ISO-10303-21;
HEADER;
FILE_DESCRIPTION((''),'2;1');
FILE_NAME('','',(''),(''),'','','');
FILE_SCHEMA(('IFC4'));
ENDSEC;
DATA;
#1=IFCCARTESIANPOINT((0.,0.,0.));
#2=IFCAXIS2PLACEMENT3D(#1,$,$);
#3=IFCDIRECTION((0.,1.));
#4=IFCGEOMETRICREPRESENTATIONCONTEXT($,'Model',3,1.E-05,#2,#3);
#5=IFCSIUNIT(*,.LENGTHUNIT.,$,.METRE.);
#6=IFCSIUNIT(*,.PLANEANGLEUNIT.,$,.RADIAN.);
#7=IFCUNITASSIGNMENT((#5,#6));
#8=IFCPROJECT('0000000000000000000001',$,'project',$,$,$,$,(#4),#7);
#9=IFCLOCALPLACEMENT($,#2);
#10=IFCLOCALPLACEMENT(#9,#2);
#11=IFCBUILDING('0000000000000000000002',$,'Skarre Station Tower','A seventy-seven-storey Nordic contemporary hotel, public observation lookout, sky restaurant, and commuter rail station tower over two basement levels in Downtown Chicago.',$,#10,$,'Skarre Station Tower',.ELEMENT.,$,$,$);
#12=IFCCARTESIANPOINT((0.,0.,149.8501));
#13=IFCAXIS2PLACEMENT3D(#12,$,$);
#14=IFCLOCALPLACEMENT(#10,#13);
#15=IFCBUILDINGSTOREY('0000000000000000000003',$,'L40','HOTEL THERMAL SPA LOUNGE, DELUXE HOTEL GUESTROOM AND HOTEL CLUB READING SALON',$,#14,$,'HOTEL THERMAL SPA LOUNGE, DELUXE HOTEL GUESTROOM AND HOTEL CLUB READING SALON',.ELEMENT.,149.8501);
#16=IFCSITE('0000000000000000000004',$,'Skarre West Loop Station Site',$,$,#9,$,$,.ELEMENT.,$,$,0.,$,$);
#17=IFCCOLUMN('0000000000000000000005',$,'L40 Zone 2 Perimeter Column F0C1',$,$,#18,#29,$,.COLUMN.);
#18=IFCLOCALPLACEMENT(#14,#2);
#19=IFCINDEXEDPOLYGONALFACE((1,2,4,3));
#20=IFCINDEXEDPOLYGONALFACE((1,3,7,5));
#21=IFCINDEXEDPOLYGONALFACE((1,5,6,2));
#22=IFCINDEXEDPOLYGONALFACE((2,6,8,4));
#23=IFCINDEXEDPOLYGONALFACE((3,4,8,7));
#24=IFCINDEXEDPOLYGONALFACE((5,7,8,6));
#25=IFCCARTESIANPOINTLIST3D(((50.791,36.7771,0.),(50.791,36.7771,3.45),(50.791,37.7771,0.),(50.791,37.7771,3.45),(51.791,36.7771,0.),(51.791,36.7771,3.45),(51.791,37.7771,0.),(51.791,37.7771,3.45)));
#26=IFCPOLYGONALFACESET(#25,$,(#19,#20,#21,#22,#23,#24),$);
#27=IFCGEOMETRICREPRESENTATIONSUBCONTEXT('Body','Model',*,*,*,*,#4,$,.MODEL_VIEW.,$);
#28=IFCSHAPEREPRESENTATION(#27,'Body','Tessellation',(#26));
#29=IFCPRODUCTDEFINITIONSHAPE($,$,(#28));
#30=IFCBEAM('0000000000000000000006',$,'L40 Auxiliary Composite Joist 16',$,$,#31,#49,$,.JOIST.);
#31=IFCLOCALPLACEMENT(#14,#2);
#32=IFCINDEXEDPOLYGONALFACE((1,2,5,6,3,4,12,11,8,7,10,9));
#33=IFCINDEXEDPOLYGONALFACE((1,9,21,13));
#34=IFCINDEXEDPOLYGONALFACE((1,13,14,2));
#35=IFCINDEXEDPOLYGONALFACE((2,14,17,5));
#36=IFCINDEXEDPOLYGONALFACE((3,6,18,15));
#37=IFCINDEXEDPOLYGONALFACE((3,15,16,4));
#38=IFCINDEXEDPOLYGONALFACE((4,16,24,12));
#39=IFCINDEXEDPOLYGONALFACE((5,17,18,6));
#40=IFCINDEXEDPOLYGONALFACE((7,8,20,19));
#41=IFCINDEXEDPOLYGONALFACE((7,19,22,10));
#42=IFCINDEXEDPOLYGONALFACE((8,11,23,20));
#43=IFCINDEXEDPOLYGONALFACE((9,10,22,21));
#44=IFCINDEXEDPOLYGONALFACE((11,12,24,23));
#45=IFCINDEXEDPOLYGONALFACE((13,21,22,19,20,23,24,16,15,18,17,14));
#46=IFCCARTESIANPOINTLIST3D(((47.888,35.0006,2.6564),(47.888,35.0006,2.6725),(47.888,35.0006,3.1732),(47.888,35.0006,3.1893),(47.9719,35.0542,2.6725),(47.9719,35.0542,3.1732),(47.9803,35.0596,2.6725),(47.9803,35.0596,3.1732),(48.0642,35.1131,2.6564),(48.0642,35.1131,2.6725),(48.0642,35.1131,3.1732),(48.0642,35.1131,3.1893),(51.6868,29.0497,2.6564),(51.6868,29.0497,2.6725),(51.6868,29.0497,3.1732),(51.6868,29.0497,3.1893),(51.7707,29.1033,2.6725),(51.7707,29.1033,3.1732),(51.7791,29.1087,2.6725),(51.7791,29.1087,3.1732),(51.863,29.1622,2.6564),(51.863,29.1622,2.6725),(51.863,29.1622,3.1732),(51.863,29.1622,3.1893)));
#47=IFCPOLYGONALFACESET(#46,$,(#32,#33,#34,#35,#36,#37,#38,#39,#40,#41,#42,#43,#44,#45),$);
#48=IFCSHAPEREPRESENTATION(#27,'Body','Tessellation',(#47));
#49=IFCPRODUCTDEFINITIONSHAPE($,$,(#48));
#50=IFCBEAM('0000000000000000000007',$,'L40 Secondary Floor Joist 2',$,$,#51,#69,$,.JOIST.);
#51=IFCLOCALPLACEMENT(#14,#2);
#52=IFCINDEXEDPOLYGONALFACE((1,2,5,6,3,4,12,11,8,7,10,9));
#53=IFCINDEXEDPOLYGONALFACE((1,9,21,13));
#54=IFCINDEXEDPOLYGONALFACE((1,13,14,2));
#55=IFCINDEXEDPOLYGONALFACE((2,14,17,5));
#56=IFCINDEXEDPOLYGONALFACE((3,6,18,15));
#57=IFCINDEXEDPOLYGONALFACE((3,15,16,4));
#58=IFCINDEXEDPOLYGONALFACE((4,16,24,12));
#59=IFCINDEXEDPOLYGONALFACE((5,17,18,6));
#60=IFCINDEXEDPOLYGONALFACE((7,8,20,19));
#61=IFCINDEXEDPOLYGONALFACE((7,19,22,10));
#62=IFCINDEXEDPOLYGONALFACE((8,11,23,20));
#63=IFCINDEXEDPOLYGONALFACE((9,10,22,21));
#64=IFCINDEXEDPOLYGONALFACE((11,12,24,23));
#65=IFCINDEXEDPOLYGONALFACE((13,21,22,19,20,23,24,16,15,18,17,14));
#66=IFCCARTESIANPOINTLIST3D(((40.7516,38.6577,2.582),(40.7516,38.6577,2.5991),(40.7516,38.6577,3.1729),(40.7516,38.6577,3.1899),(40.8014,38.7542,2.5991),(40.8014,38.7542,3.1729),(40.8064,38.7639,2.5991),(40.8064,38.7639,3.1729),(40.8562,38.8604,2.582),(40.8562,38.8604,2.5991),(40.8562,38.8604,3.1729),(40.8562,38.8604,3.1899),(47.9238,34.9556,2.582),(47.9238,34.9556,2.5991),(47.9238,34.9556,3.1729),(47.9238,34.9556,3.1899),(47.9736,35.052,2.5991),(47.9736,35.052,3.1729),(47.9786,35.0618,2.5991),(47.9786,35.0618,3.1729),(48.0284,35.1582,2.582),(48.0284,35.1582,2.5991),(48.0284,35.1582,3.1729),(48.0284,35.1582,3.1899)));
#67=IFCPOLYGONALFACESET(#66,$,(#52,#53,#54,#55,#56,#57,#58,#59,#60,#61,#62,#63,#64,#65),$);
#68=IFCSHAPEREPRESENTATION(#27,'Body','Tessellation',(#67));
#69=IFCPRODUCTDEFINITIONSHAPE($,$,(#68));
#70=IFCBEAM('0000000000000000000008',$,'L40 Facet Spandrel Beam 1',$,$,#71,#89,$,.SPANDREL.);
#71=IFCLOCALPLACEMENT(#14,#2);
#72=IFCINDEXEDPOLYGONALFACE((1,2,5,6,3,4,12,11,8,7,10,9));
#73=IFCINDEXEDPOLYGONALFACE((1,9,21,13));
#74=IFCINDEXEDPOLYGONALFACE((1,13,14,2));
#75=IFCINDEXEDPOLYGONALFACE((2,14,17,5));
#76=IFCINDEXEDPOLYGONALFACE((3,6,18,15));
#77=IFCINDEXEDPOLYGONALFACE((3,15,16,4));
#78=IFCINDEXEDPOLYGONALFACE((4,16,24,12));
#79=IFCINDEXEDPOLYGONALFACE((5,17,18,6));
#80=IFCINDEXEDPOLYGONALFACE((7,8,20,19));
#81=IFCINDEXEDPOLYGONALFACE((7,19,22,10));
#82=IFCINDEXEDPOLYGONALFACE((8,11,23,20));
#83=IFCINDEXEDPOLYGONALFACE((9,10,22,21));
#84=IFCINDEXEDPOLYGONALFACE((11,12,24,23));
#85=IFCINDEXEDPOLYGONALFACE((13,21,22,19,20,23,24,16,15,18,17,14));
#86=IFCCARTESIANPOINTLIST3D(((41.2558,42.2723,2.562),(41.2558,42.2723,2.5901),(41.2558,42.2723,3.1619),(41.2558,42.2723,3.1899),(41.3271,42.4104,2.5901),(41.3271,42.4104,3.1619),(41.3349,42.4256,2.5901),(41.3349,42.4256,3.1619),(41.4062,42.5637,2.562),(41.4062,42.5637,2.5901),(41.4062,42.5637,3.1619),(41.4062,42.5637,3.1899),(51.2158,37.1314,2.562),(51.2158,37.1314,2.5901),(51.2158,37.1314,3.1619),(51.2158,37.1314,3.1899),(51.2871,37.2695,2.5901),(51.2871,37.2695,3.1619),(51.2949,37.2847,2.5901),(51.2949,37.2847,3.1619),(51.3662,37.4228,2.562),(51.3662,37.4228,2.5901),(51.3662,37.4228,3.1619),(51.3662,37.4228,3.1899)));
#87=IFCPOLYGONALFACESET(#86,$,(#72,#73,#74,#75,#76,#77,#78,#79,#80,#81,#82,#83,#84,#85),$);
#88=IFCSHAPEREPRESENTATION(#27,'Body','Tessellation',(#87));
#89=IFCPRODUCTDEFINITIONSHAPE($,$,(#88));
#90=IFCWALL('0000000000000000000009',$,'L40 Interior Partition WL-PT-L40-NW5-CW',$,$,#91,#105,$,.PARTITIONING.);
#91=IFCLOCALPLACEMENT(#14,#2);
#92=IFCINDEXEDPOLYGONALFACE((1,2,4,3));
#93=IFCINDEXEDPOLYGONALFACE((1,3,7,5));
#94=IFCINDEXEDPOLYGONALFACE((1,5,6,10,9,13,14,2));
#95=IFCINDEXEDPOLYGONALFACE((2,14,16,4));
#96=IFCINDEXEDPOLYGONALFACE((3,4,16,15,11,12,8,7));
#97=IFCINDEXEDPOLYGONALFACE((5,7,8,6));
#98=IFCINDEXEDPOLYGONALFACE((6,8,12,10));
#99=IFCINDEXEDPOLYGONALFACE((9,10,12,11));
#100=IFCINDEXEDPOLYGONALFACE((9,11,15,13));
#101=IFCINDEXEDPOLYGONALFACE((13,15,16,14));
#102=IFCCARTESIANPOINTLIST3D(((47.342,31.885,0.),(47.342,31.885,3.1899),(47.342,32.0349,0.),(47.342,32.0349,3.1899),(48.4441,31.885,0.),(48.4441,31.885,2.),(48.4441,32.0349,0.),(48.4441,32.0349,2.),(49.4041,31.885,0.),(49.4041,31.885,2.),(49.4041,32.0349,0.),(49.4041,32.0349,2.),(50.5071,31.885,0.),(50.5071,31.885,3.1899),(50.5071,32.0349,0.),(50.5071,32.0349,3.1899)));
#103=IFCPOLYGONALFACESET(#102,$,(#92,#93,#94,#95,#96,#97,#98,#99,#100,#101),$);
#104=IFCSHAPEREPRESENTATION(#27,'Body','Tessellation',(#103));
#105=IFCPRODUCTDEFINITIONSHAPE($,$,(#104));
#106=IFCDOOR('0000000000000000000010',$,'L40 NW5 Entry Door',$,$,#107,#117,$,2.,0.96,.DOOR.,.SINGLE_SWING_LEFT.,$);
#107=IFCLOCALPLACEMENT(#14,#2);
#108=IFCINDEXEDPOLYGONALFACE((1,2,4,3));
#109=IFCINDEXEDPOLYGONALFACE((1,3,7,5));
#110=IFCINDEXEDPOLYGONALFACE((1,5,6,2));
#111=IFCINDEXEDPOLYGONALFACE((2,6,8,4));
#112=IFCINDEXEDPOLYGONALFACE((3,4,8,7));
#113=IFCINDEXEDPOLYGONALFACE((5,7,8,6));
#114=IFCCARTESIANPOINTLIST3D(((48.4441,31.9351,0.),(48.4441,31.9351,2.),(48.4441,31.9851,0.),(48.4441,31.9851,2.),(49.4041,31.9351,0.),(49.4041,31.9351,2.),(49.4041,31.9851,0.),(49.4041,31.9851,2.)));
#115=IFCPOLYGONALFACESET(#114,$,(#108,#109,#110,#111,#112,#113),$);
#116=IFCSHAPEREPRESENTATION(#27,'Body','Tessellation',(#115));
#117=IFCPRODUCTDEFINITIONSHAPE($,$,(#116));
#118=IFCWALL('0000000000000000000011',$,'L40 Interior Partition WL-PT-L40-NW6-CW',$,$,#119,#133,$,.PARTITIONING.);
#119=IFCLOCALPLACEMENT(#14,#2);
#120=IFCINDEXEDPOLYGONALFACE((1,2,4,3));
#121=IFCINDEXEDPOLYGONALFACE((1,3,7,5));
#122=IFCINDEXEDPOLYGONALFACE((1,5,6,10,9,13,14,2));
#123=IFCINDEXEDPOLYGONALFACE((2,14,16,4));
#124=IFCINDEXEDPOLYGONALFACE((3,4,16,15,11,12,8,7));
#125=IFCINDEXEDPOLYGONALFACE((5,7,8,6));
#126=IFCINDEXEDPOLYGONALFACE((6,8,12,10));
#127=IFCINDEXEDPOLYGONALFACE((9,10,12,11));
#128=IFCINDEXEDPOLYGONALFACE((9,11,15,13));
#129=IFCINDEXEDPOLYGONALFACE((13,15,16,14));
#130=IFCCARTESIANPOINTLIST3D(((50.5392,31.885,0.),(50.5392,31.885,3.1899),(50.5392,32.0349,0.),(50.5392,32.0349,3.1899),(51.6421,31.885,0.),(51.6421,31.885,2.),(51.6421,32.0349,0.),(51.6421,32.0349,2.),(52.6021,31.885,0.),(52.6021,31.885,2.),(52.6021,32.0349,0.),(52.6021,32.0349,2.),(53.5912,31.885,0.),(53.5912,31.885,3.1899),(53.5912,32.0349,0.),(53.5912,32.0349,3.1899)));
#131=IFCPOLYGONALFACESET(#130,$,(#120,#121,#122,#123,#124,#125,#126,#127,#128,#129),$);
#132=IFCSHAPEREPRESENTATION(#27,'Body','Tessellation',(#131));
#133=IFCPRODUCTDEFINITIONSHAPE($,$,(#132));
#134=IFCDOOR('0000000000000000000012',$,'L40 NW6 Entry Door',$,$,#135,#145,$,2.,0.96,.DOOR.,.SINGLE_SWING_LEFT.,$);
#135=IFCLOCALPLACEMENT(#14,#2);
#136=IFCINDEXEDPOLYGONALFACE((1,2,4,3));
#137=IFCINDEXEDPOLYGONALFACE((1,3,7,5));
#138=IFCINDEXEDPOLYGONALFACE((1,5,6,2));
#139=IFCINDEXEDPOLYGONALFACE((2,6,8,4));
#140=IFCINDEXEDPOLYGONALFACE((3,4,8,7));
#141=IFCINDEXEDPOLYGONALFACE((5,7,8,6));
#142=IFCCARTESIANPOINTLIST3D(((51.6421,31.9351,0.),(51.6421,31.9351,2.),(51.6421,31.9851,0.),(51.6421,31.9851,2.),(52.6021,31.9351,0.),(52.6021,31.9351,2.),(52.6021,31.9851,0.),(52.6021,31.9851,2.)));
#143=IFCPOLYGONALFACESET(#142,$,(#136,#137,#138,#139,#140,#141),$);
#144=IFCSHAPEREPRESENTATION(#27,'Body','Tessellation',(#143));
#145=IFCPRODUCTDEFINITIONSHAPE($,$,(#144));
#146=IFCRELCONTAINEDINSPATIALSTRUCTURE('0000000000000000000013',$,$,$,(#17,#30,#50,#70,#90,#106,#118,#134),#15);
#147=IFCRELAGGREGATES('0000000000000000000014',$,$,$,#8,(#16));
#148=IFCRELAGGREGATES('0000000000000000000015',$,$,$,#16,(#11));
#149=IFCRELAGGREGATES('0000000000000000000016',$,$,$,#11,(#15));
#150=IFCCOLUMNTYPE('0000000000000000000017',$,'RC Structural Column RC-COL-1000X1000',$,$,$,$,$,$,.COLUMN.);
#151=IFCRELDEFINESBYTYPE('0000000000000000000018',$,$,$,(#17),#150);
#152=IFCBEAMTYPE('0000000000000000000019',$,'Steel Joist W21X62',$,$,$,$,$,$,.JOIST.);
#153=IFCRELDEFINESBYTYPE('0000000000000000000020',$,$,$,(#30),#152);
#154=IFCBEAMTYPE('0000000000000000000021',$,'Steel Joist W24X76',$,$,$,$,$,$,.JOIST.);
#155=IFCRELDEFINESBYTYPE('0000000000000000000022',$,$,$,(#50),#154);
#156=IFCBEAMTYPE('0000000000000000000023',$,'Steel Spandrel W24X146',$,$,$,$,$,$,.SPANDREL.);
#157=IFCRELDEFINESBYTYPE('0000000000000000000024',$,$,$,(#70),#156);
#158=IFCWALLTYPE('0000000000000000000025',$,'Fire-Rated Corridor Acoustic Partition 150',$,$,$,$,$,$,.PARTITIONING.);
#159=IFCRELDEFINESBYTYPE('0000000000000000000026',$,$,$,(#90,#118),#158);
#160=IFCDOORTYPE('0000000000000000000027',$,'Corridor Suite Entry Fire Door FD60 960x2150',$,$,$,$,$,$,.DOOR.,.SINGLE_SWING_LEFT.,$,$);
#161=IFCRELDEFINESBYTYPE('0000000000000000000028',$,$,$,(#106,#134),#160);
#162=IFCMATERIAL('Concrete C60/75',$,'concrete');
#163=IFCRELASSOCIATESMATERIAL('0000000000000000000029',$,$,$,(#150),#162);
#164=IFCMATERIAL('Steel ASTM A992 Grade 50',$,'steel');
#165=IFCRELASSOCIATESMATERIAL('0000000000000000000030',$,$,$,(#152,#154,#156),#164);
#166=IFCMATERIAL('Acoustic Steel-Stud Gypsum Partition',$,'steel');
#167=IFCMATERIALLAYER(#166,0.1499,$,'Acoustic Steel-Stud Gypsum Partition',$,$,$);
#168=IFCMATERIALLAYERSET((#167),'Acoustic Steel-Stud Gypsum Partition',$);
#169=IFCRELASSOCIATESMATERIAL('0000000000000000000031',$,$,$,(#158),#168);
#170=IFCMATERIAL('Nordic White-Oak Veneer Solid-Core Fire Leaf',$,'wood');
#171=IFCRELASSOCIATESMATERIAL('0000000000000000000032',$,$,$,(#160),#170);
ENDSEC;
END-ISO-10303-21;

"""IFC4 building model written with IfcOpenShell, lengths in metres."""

from ifc_helpers import new_model, si_unit, direction, frame, frame_2d, origin, origin_2d, place, context, subcontext, project, spatial, rectangle, i_section, extrude, material, layer, layer_set, material_profile, profile_set, type_object, element, fill, save


model = new_model("IFC4")

# Units and contexts
model_context = context("Model", 3, precision=1e-05, world=origin(), true_north=direction((0.0, 1.0)))
body_context = subcontext(model_context, "Body", "Model", "MODEL_VIEW")
ifc_project = project(units=[si_unit("LENGTHUNIT", "METRE"), si_unit("PLANEANGLEUNIT", "RADIAN")], contexts=[model_context])

# Site, building, storey
site_placement = place(None, origin())
site = spatial("IfcSite", under=ifc_project, at=site_placement, Name="Skarre West Loop Station Site", CompositionType="ELEMENT", RefElevation=0.0)
building_placement = place(site_placement, origin())
building = spatial("IfcBuilding", under=site, at=building_placement, Name="Skarre Station Tower", Description="A seventy-seven-storey Nordic contemporary hotel, public observation lookout, sky restaurant, and commuter rail station tower over two basement levels in Downtown Chicago.", LongName="Skarre Station Tower", CompositionType="ELEMENT")
storey_placement = place(building_placement, frame((0.0, 0.0, 149.8501)))
storey = spatial("IfcBuildingStorey", under=building, at=storey_placement, Name="L40", Description="HOTEL THERMAL SPA LOUNGE, DELUXE HOTEL GUESTROOM AND HOTEL CLUB READING SALON", LongName="HOTEL THERMAL SPA LOUNGE, DELUXE HOTEL GUESTROOM AND HOTEL CLUB READING SALON", CompositionType="ELEMENT", Elevation=149.8501)

# Column
ifc_material_1 = material(Name="Concrete C60/75", Category="concrete")
ifc_material_profile_1 = material_profile(ifc_material_1, rectangle(XDim=1.0, YDim=1.0, at=origin_2d()), Name="Concrete C60/75")
ifc_profile_set_1 = profile_set([ifc_material_profile_1], Name="Concrete C60/75")
column_type = type_object("IfcColumnType", Name="RC Structural Column RC-COL-1000X1000", PredefinedType="COLUMN", material=ifc_profile_set_1)
column_placement = place(storey_placement, frame((51.291, 37.2771, 0.0), z_axis=(0.0, 0.0, 1.0), x_axis=(1.0, 0.0, 0.0)))
element("IfcColumn", 1, at=column_placement, inside=storey, type_object=column_type, Name="L40 Zone 2 Perimeter Column F0C1", PredefinedType="COLUMN", context=body_context, shape_type="SweptSolid", body=[
    extrude(rectangle(XDim=1.0, YDim=1.0, at=origin_2d()), origin(), (0.0, 0.0, 1.0), 3.45),
])

# Beams
ifc_material_2 = material(Name="Steel ASTM A992 Grade 50", Category="steel")
ifc_material_profile_2 = material_profile(ifc_material_2, i_section(OverallWidth=0.209, OverallDepth=0.533, WebThickness=0.01, FlangeThickness=0.0161, at=origin_2d()), Name="Steel ASTM A992 Grade 50")
ifc_profile_set_2 = profile_set([ifc_material_profile_2], Name="Steel ASTM A992 Grade 50")
beam_type_1 = type_object("IfcBeamType", Name="Steel Joist W21X62", PredefinedType="JOIST", material=ifc_profile_set_2)
beam_1_placement = place(storey_placement, frame((51.7749, 29.106, 2.9229), z_axis=(-0.538072, 0.842899, 0.0), x_axis=(-0.842899, -0.538072, 0.0)))
element("IfcBeam", 2, at=beam_1_placement, inside=storey, type_object=beam_type_1, Name="L40 Auxiliary Composite Joist 16", PredefinedType="JOIST", context=body_context, shape_type="SweptSolid", body=[
    extrude(i_section(OverallWidth=0.209, OverallDepth=0.533, WebThickness=0.01, FlangeThickness=0.0161, at=origin_2d()), origin(), (0.0, 0.0, 1.0), 7.0601),
])
ifc_material_profile_3 = material_profile(ifc_material_2, i_section(OverallWidth=0.228, OverallDepth=0.6079, WebThickness=0.011, FlangeThickness=0.0171, at=origin_2d()), Name="Steel ASTM A992 Grade 50")
ifc_profile_set_3 = profile_set([ifc_material_profile_3], Name="Steel ASTM A992 Grade 50")
beam_type_2 = type_object("IfcBeamType", Name="Steel Joist W24X76", PredefinedType="JOIST", material=ifc_profile_set_3)
beam_2_placement = place(storey_placement, frame((47.9761, 35.0569, 2.886), z_axis=(-0.8886, 0.458683, 0.0), x_axis=(-0.458683, -0.8886, 0.0)))
element("IfcBeam", 3, at=beam_2_placement, inside=storey, type_object=beam_type_2, Name="L40 Secondary Floor Joist 2", PredefinedType="JOIST", context=body_context, shape_type="SweptSolid", body=[
    extrude(i_section(OverallWidth=0.228, OverallDepth=0.6079, WebThickness=0.011, FlangeThickness=0.0171, at=origin_2d()), origin(), (0.0, 0.0, 1.0), 8.0713),
])
ifc_material_profile_4 = material_profile(ifc_material_2, i_section(OverallWidth=0.3279, OverallDepth=0.6279, WebThickness=0.0171, FlangeThickness=0.0281, at=origin_2d()), Name="Steel ASTM A992 Grade 50")
ifc_profile_set_4 = profile_set([ifc_material_profile_4], Name="Steel ASTM A992 Grade 50")
beam_type_3 = type_object("IfcBeamType", Name="Steel Spandrel W24X146", PredefinedType="SPANDREL", material=ifc_profile_set_4)
beam_3_placement = place(storey_placement, frame((51.291, 37.2771, 2.876), z_axis=(-0.888612, 0.45866, 0.0), x_axis=(-0.45866, -0.888612, 0.0)))
element("IfcBeam", 4, at=beam_3_placement, inside=storey, type_object=beam_type_3, Name="L40 Facet Spandrel Beam 1", PredefinedType="SPANDREL", context=body_context, shape_type="SweptSolid", body=[
    extrude(i_section(OverallWidth=0.3279, OverallDepth=0.6279, WebThickness=0.0171, FlangeThickness=0.0281, at=origin_2d()), origin(), (0.0, 0.0, 1.0), 11.2085),
])

# Walls, openings, doors
ifc_material_3 = material(Name="Acoustic Steel-Stud Gypsum Partition", Category="steel")
ifc_layer_1 = layer(ifc_material_3, 0.1499, Name="Acoustic Steel-Stud Gypsum Partition")
ifc_layer_set_1 = layer_set([ifc_layer_1], Name="Acoustic Steel-Stud Gypsum Partition")
wall_type_1 = type_object("IfcWallType", Name="Fire-Rated Corridor Acoustic Partition 150", PredefinedType="PARTITIONING", material=ifc_layer_set_1)
wall_1_placement = place(storey_placement, frame((50.5071, 31.96, 0.0), z_axis=(0.0, 0.0, 1.0), x_axis=(-1.0, 0.0, 0.0)))
wall_1 = element("IfcWall", 5, at=wall_1_placement, inside=storey, type_object=wall_type_1, Name="L40 Interior Partition WL-PT-L40-NW5-CW", PredefinedType="PARTITIONING", context=body_context, shape_type="SweptSolid", body=[
    extrude(rectangle(XDim=3.165, YDim=0.1499, at=frame_2d((1.5825, 0.0))), origin(), (0.0, 0.0, 1.0), 3.1899),
])
opening_1_placement = place(wall_1_placement, frame((1.103, 0.0, 0.0)))
opening_1 = element("IfcOpeningElement", 6, at=opening_1_placement, cuts=wall_1, PredefinedType="OPENING", context=body_context, shape_type="SweptSolid", body=[
    extrude(rectangle(XDim=0.96, YDim=2.0, at=frame_2d((0.48, 1.0))), frame((0.0, 0.085, 0.0), z_axis=(0.0, -1.0, 0.0), x_axis=(1.0, 0.0, 0.0)), (0.0, 0.0, 1.0), 0.1699),
])
ifc_material_4 = material(Name="Nordic White-Oak Veneer Solid-Core Fire Leaf", Category="wood")
door_type = type_object("IfcDoorType", Name="Corridor Suite Entry Fire Door FD60 960x2150", OperationType="SINGLE_SWING_LEFT", PredefinedType="DOOR", material=ifc_material_4)
door_1_placement = place(opening_1_placement, origin())
door_1 = element("IfcDoor", 7, at=door_1_placement, inside=storey, type_object=door_type, Name="L40 NW5 Entry Door", OperationType="SINGLE_SWING_LEFT", OverallHeight=2.0, OverallWidth=0.96, PredefinedType="DOOR", context=body_context, shape_type="SweptSolid", body=[
    extrude(rectangle(XDim=0.96, YDim=2.0, at=frame_2d((0.48, 1.0))), frame((0.0, 0.0249, 0.0), z_axis=(0.0, -1.0, 0.0), x_axis=(1.0, 0.0, 0.0)), (0.0, 0.0, 1.0), 0.05),
])
fill(opening_1, door_1)
wall_2_placement = place(storey_placement, frame((53.5911, 31.96, 0.0), z_axis=(0.0, 0.0, 1.0), x_axis=(-1.0, 0.0, 0.0)))
wall_2 = element("IfcWall", 8, at=wall_2_placement, inside=storey, type_object=wall_type_1, Name="L40 Interior Partition WL-PT-L40-NW6-CW", PredefinedType="PARTITIONING", context=body_context, shape_type="SweptSolid", body=[
    extrude(rectangle(XDim=3.052, YDim=0.1499, at=frame_2d((1.5259, 0.0))), origin(), (0.0, 0.0, 1.0), 3.1899),
])
opening_2_placement = place(wall_2_placement, frame((0.989, 0.0, 0.0)))
opening_2 = element("IfcOpeningElement", 9, at=opening_2_placement, cuts=wall_2, PredefinedType="OPENING", context=body_context, shape_type="SweptSolid", body=[
    extrude(rectangle(XDim=0.96, YDim=2.0, at=frame_2d((0.48, 1.0))), frame((0.0, 0.085, 0.0), z_axis=(0.0, -1.0, 0.0), x_axis=(1.0, 0.0, 0.0)), (0.0, 0.0, 1.0), 0.1699),
])
door_2_placement = place(opening_2_placement, origin())
door_2 = element("IfcDoor", 10, at=door_2_placement, inside=storey, type_object=door_type, Name="L40 NW6 Entry Door", OperationType="SINGLE_SWING_LEFT", OverallHeight=2.0, OverallWidth=0.96, PredefinedType="DOOR", context=body_context, shape_type="SweptSolid", body=[
    extrude(rectangle(XDim=0.96, YDim=2.0, at=frame_2d((0.48, 1.0))), frame((0.0, 0.0249, 0.0), z_axis=(0.0, -1.0, 0.0), x_axis=(1.0, 0.0, 0.0)), (0.0, 0.0, 1.0), 0.05),
])
fill(opening_2, door_2)

save(model, "model.ifc")
